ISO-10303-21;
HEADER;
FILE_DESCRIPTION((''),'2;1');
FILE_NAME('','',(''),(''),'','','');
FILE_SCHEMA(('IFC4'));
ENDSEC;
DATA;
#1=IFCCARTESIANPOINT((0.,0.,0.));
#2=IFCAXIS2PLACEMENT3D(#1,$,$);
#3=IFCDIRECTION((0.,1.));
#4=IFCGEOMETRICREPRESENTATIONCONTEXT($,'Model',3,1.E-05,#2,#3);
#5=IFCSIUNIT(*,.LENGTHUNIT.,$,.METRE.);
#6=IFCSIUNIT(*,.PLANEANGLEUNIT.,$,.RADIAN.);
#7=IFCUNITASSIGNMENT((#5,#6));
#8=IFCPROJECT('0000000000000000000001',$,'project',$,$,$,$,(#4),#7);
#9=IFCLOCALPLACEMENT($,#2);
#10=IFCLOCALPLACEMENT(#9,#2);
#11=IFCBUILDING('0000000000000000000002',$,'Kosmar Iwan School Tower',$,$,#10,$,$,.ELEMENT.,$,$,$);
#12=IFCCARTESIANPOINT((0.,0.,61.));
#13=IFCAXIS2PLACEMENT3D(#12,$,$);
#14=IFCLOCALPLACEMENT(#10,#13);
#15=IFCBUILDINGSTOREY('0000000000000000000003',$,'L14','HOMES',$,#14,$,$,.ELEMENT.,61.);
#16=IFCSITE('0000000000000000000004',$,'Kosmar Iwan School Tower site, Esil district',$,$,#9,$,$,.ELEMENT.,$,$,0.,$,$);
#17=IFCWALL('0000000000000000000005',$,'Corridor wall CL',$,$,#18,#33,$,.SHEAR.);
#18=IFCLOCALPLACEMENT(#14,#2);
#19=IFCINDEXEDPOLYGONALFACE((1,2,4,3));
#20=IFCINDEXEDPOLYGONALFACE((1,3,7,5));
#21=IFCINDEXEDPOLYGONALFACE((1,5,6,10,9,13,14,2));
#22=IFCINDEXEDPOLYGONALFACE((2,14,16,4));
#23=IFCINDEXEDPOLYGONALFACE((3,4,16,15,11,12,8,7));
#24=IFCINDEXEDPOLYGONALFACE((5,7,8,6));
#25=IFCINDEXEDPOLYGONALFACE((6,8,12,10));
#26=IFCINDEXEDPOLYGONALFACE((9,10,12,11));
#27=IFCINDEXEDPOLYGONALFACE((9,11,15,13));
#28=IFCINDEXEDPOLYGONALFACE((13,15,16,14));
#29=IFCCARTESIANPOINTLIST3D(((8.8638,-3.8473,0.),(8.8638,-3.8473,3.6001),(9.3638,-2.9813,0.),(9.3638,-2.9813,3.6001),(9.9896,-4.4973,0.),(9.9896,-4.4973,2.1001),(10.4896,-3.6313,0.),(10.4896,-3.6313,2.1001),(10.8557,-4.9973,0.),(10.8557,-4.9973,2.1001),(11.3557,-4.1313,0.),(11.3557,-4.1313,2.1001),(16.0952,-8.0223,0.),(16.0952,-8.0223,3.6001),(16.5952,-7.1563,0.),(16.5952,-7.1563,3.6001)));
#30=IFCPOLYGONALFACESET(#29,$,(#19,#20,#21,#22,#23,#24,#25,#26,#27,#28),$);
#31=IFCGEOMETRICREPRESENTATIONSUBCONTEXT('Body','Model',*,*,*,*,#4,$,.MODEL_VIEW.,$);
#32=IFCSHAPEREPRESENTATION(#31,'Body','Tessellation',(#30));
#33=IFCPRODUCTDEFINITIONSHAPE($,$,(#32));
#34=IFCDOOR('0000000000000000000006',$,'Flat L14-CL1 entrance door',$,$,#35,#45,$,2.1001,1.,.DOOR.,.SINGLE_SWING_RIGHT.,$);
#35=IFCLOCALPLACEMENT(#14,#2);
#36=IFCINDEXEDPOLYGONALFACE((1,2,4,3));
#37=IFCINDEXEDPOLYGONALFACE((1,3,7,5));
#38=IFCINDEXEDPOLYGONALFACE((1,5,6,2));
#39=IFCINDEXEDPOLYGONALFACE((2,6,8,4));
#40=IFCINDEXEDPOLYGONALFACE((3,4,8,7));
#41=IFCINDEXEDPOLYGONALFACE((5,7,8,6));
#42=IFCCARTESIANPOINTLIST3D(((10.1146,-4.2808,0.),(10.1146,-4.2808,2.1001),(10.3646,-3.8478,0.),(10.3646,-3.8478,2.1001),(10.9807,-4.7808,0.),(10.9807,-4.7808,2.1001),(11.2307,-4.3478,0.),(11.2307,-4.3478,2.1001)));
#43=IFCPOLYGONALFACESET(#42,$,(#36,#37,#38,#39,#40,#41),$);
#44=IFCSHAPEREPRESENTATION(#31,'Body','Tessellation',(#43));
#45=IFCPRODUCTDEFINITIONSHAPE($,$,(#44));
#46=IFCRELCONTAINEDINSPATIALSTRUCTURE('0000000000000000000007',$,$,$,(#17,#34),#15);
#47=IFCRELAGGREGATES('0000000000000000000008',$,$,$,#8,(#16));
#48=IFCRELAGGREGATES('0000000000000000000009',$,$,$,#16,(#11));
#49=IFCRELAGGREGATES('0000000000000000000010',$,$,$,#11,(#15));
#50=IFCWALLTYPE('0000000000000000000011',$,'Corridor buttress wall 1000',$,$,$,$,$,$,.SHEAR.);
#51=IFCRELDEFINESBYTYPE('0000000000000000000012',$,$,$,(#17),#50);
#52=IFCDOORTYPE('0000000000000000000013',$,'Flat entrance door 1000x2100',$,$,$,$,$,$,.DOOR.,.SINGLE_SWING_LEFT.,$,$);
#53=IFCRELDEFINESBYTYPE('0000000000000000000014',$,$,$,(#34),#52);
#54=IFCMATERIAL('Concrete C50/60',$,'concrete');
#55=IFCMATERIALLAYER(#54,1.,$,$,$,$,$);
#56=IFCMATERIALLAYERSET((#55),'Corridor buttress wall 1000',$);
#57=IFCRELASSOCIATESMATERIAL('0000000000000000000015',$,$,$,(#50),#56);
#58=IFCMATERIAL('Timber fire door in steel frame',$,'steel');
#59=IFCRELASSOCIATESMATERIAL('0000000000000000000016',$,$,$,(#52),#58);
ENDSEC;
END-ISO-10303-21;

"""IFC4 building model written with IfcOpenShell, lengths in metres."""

from ifc_helpers import new_model, si_unit, direction, frame, frame_2d, origin, place, context, subcontext, project, spatial, rectangle, extrude, material, layer, layer_set, type_object, element, fill, save


model = new_model("IFC4")

# Units and contexts
model_context = context("Model", 3, precision=1e-05, world=origin(), true_north=direction((0.0, 1.0)))
body_context = subcontext(model_context, "Body", "Model", "MODEL_VIEW")
ifc_project = project(units=[si_unit("LENGTHUNIT", "METRE"), si_unit("PLANEANGLEUNIT", "RADIAN")], contexts=[model_context])

# Site, building, storey
site_placement = place(None, origin())
site = spatial("IfcSite", under=ifc_project, at=site_placement, Name="Kosmar Iwan School Tower site, Esil district", CompositionType="ELEMENT", RefElevation=0.0)
building_placement = place(site_placement, origin())
building = spatial("IfcBuilding", under=site, at=building_placement, Name="Kosmar Iwan School Tower", CompositionType="ELEMENT")
storey_placement = place(building_placement, frame((0.0, 0.0, 61.0)))
storey = spatial("IfcBuildingStorey", under=building, at=storey_placement, Name="L14", Description="HOMES", CompositionType="ELEMENT", Elevation=61.0)

# Wall, opening, door
ifc_material_1 = material(Name="Concrete C50/60", Category="concrete")
ifc_layer_1 = layer(ifc_material_1, 1.0)
ifc_layer_set_1 = layer_set([ifc_layer_1], Name="Corridor buttress wall 1000")
wall_type_1 = type_object("IfcWallType", Name="Corridor buttress wall 1000", PredefinedType="SHEAR", material=ifc_layer_set_1)
wall_1_placement = place(storey_placement, frame((9.1138, -3.4143, 0.0), z_axis=(0.0, 0.0, 1.0), x_axis=(0.866027, -0.499997, 0.0)))
wall_1 = element("IfcWall", 1, at=wall_1_placement, inside=storey, type_object=wall_type_1, Name="Corridor wall CL", PredefinedType="SHEAR", context=body_context, shape_type="SweptSolid", body=[
    extrude(rectangle(XDim=8.3501, YDim=1.0, at=frame_2d((4.175, 0.0))), origin(), (0.0, 0.0, 1.0), 3.6001),
])
opening_1_placement = place(wall_1_placement, frame((1.3, 0.0, 0.0)))
opening_1 = element("IfcOpeningElement", 2, at=opening_1_placement, cuts=wall_1, PredefinedType="OPENING", context=body_context, shape_type="SweptSolid", body=[
    extrude(rectangle(XDim=1.0, YDim=2.1001, at=frame_2d((0.5, 1.05))), frame((0.0, 0.512, 0.0), z_axis=(0.0, -1.0, 0.0), x_axis=(1.0, 0.0, 0.0)), (0.0, 0.0, 1.0), 1.0239),
])
ifc_material_2 = material(Name="Timber fire door in steel frame", Category="steel")
door_type_1 = type_object("IfcDoorType", Name="Flat entrance door 1000x2100", OperationType="SINGLE_SWING_LEFT", PredefinedType="DOOR", material=ifc_material_2)
door_1_placement = place(opening_1_placement, origin())
door_1 = element("IfcDoor", 3, at=door_1_placement, inside=storey, type_object=door_type_1, Name="Flat L14-CL1 entrance door", OperationType="SINGLE_SWING_RIGHT", OverallHeight=2.1001, OverallWidth=1.0, PredefinedType="DOOR", context=body_context, shape_type="SweptSolid", body=[
    extrude(rectangle(XDim=1.0, YDim=2.1001, at=frame_2d((0.5, 1.05))), frame((0.0, 0.25, 0.0), z_axis=(0.0, -1.0, 0.0), x_axis=(1.0, 0.0, 0.0)), (0.0, 0.0, 1.0), 0.5),
])
fill(opening_1, door_1)

save(model, "model.ifc")
